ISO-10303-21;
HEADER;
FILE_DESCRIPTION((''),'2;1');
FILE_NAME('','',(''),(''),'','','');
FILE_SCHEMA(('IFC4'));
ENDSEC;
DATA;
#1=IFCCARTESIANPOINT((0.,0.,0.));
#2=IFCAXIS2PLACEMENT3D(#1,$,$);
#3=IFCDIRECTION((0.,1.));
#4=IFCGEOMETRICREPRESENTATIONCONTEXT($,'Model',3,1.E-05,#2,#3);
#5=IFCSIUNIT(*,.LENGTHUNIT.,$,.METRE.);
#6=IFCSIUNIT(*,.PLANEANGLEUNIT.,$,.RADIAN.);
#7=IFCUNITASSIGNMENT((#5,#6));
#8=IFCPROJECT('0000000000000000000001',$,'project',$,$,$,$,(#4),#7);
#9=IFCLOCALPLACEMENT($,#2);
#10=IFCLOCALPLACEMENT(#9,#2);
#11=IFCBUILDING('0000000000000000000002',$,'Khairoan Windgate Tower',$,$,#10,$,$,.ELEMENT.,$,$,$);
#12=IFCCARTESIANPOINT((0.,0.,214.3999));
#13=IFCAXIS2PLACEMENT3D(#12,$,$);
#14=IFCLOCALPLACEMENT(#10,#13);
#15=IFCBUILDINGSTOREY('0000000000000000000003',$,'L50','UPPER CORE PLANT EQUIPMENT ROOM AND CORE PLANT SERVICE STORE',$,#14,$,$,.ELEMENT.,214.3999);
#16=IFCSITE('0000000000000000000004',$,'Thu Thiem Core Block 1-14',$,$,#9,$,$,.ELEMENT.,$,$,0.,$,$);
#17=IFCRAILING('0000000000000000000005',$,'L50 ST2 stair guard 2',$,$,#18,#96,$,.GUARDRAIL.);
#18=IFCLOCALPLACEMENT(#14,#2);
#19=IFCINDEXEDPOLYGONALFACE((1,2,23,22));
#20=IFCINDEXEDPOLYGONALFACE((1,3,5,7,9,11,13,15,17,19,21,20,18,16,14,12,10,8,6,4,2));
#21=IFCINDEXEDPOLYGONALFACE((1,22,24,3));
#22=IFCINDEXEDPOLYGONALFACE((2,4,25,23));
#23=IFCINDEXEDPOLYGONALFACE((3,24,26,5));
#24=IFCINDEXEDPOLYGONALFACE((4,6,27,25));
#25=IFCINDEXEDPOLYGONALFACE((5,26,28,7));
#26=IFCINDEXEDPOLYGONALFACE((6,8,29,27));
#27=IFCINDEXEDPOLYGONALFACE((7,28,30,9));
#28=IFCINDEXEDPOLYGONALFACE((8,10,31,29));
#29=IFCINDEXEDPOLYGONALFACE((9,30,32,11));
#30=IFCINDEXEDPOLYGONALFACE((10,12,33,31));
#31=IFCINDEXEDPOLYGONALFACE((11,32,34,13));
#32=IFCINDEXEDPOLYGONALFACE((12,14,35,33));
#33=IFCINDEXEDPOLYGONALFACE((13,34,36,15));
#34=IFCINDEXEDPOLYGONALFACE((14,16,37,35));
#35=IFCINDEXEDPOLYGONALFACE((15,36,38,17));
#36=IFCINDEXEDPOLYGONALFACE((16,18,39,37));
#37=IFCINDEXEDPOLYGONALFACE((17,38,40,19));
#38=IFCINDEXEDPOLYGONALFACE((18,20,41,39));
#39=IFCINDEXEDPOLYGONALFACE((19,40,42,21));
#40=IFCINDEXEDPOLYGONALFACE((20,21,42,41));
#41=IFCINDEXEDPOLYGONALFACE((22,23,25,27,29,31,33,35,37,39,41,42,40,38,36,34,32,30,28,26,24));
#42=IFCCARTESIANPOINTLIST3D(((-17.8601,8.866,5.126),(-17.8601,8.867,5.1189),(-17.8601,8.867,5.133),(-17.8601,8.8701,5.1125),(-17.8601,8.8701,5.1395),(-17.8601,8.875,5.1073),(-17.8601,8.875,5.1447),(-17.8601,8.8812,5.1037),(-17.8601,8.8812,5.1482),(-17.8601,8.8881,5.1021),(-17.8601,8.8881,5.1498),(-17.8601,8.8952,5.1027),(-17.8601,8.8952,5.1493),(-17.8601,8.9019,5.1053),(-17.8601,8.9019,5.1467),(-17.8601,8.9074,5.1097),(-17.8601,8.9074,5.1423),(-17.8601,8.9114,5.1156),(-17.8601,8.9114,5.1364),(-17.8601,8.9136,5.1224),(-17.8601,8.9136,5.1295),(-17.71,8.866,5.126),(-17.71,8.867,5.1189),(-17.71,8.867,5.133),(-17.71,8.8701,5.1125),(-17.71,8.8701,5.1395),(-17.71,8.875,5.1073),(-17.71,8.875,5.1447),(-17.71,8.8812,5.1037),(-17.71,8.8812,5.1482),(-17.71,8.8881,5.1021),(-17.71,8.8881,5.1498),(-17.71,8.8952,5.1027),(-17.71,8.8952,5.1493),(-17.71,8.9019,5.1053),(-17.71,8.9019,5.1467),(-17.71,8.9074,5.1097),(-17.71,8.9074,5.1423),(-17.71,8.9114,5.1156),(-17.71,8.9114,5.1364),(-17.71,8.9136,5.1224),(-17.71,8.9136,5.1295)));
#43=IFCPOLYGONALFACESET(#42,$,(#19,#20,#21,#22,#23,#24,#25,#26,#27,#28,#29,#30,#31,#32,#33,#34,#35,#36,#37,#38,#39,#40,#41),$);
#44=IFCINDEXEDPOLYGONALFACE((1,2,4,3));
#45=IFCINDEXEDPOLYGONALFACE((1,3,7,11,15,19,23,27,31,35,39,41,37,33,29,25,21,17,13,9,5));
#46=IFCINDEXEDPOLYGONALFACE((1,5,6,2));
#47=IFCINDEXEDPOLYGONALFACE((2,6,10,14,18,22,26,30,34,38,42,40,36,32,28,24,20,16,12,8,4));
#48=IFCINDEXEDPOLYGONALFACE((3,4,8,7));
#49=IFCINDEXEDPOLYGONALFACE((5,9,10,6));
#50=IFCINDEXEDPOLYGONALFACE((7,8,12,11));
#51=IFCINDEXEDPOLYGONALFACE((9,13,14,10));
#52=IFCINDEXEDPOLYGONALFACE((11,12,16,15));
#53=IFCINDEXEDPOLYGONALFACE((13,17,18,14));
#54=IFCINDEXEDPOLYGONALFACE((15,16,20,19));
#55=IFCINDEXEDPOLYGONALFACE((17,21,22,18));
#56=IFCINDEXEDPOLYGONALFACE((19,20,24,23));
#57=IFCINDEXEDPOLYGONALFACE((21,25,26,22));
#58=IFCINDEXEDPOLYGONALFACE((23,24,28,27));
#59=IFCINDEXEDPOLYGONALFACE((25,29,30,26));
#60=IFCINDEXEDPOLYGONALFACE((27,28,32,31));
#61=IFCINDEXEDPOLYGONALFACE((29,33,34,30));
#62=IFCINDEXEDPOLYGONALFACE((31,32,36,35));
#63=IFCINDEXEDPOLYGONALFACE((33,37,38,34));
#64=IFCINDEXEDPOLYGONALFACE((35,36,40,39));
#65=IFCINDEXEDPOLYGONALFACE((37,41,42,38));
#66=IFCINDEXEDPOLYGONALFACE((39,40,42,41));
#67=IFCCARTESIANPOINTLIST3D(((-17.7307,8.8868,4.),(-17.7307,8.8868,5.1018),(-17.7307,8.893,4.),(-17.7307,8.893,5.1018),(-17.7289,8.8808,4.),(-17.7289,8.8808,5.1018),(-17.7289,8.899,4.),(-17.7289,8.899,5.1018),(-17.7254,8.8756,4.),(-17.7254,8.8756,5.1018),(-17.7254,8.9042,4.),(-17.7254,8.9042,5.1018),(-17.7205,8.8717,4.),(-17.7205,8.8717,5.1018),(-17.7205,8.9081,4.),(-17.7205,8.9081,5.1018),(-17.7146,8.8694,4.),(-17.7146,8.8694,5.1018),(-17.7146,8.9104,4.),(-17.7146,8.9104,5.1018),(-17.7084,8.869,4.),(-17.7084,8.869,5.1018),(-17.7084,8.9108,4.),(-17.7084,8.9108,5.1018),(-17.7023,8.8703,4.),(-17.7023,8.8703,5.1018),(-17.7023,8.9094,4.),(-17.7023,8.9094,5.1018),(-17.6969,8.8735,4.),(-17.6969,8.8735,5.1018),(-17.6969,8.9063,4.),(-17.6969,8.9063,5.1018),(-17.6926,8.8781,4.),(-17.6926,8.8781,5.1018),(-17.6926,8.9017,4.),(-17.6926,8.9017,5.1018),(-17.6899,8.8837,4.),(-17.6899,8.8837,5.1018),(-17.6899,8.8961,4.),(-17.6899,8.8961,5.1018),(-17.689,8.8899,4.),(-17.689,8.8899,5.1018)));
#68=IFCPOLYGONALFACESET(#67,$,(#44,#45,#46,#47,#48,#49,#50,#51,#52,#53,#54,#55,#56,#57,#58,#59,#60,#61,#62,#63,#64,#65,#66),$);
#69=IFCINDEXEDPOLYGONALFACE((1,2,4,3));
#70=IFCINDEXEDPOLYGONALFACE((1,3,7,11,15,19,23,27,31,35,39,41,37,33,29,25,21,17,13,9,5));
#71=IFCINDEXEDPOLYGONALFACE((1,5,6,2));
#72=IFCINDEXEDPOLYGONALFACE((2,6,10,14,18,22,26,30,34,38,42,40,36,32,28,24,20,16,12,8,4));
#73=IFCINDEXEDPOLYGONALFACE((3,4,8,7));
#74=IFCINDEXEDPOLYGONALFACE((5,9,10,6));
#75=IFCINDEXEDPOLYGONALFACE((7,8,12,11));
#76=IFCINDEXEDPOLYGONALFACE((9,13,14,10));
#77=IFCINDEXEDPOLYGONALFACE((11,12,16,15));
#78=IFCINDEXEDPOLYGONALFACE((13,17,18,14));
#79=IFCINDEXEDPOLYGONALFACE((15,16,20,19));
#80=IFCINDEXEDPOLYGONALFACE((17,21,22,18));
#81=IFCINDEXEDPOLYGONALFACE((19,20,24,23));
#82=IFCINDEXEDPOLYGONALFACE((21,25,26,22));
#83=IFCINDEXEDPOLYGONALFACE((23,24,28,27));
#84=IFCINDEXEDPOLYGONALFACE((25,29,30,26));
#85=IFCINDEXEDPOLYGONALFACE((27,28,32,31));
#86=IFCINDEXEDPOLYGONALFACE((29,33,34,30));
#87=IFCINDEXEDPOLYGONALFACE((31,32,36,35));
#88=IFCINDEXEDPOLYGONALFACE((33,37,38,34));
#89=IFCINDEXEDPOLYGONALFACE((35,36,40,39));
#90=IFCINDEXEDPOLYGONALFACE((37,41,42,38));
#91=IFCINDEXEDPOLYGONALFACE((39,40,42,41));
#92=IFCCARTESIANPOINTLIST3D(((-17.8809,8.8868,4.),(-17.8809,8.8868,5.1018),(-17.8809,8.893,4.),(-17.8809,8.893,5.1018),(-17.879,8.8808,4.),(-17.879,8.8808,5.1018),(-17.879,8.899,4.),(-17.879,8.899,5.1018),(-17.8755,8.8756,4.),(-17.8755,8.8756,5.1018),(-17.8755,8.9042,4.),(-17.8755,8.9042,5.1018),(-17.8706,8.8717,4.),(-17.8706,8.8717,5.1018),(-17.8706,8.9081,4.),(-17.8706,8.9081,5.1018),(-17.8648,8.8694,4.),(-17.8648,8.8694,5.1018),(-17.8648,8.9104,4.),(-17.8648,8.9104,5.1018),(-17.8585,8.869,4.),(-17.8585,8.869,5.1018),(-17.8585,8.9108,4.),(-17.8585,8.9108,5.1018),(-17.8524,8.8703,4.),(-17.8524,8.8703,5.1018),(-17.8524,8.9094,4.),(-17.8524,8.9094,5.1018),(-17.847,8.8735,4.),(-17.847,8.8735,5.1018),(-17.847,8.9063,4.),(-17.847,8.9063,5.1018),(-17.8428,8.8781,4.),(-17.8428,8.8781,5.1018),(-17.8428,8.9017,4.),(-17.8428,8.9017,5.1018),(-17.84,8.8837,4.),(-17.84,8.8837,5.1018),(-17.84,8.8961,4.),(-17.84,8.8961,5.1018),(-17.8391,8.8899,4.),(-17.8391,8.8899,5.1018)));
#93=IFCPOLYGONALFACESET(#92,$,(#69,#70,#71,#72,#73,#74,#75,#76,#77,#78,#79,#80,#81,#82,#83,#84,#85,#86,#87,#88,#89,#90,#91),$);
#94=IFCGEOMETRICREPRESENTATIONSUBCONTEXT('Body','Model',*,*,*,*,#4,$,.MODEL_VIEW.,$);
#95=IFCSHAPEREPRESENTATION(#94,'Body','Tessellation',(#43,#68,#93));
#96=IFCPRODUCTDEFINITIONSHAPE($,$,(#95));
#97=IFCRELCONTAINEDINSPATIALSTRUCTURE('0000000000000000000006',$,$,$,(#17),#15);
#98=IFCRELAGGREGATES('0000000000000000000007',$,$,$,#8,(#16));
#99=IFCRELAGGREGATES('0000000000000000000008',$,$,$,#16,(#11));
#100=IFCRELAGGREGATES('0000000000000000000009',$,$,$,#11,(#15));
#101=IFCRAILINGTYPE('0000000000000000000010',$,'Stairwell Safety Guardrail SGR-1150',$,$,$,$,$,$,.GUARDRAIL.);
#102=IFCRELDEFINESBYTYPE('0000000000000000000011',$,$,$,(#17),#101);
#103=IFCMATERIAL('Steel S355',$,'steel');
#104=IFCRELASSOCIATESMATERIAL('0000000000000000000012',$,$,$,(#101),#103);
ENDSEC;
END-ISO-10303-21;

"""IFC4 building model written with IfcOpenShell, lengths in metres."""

from ifc_helpers import new_model, si_unit, direction, frame, origin, origin_2d, place, context, subcontext, project, spatial, circle, extrude, material, type_object, element, save


model = new_model("IFC4")

# Units and contexts
model_context = context("Model", 3, precision=1e-05, world=origin(), true_north=direction((0.0, 1.0)))
body_context = subcontext(model_context, "Body", "Model", "MODEL_VIEW")
ifc_project = project(units=[si_unit("LENGTHUNIT", "METRE"), si_unit("PLANEANGLEUNIT", "RADIAN")], contexts=[model_context])

# Site, building, storey
site_placement = place(None, origin())
site = spatial("IfcSite", under=ifc_project, at=site_placement, Name="Thu Thiem Core Block 1-14", CompositionType="ELEMENT", RefElevation=0.0)
building_placement = place(site_placement, origin())
building = spatial("IfcBuilding", under=site, at=building_placement, Name="Khairoan Windgate Tower", CompositionType="ELEMENT")
storey_placement = place(building_placement, frame((0.0, 0.0, 214.3999)))
storey = spatial("IfcBuildingStorey", under=building, at=storey_placement, Name="L50", Description="UPPER CORE PLANT EQUIPMENT ROOM AND CORE PLANT SERVICE STORE", CompositionType="ELEMENT", Elevation=214.3999)

# Railing
ifc_material_1 = material(Name="Steel S355", Category="steel")
railing_type_1 = type_object("IfcRailingType", Name="Stairwell Safety Guardrail SGR-1150", PredefinedType="GUARDRAIL", material=ifc_material_1)
railing_1_placement = place(storey_placement, frame((-17.71, 8.8899, 4.0)))
element("IfcRailing", 1, at=railing_1_placement, inside=storey, type_object=railing_type_1, Name="L50 ST2 stair guard 2", PredefinedType="GUARDRAIL", context=body_context, shape_type="SweptSolid", body=[
    extrude(circle(Radius=0.0239, at=origin_2d()), frame((0.0, 0.0, 1.126), z_axis=(-1.0, 0.0, 0.0), x_axis=(0.0, -1.0, 0.0)), (0.0, 0.0, 1.0), 0.1501),
    extrude(circle(Radius=0.021, at=origin_2d()), origin(), (0.0, 0.0, 1.0), 1.1018),
    extrude(circle(Radius=0.021, at=origin_2d()), frame((-0.1501, 0.0, 0.0)), (0.0, 0.0, 1.0), 1.1018),
])

save(model, "model.ifc")
